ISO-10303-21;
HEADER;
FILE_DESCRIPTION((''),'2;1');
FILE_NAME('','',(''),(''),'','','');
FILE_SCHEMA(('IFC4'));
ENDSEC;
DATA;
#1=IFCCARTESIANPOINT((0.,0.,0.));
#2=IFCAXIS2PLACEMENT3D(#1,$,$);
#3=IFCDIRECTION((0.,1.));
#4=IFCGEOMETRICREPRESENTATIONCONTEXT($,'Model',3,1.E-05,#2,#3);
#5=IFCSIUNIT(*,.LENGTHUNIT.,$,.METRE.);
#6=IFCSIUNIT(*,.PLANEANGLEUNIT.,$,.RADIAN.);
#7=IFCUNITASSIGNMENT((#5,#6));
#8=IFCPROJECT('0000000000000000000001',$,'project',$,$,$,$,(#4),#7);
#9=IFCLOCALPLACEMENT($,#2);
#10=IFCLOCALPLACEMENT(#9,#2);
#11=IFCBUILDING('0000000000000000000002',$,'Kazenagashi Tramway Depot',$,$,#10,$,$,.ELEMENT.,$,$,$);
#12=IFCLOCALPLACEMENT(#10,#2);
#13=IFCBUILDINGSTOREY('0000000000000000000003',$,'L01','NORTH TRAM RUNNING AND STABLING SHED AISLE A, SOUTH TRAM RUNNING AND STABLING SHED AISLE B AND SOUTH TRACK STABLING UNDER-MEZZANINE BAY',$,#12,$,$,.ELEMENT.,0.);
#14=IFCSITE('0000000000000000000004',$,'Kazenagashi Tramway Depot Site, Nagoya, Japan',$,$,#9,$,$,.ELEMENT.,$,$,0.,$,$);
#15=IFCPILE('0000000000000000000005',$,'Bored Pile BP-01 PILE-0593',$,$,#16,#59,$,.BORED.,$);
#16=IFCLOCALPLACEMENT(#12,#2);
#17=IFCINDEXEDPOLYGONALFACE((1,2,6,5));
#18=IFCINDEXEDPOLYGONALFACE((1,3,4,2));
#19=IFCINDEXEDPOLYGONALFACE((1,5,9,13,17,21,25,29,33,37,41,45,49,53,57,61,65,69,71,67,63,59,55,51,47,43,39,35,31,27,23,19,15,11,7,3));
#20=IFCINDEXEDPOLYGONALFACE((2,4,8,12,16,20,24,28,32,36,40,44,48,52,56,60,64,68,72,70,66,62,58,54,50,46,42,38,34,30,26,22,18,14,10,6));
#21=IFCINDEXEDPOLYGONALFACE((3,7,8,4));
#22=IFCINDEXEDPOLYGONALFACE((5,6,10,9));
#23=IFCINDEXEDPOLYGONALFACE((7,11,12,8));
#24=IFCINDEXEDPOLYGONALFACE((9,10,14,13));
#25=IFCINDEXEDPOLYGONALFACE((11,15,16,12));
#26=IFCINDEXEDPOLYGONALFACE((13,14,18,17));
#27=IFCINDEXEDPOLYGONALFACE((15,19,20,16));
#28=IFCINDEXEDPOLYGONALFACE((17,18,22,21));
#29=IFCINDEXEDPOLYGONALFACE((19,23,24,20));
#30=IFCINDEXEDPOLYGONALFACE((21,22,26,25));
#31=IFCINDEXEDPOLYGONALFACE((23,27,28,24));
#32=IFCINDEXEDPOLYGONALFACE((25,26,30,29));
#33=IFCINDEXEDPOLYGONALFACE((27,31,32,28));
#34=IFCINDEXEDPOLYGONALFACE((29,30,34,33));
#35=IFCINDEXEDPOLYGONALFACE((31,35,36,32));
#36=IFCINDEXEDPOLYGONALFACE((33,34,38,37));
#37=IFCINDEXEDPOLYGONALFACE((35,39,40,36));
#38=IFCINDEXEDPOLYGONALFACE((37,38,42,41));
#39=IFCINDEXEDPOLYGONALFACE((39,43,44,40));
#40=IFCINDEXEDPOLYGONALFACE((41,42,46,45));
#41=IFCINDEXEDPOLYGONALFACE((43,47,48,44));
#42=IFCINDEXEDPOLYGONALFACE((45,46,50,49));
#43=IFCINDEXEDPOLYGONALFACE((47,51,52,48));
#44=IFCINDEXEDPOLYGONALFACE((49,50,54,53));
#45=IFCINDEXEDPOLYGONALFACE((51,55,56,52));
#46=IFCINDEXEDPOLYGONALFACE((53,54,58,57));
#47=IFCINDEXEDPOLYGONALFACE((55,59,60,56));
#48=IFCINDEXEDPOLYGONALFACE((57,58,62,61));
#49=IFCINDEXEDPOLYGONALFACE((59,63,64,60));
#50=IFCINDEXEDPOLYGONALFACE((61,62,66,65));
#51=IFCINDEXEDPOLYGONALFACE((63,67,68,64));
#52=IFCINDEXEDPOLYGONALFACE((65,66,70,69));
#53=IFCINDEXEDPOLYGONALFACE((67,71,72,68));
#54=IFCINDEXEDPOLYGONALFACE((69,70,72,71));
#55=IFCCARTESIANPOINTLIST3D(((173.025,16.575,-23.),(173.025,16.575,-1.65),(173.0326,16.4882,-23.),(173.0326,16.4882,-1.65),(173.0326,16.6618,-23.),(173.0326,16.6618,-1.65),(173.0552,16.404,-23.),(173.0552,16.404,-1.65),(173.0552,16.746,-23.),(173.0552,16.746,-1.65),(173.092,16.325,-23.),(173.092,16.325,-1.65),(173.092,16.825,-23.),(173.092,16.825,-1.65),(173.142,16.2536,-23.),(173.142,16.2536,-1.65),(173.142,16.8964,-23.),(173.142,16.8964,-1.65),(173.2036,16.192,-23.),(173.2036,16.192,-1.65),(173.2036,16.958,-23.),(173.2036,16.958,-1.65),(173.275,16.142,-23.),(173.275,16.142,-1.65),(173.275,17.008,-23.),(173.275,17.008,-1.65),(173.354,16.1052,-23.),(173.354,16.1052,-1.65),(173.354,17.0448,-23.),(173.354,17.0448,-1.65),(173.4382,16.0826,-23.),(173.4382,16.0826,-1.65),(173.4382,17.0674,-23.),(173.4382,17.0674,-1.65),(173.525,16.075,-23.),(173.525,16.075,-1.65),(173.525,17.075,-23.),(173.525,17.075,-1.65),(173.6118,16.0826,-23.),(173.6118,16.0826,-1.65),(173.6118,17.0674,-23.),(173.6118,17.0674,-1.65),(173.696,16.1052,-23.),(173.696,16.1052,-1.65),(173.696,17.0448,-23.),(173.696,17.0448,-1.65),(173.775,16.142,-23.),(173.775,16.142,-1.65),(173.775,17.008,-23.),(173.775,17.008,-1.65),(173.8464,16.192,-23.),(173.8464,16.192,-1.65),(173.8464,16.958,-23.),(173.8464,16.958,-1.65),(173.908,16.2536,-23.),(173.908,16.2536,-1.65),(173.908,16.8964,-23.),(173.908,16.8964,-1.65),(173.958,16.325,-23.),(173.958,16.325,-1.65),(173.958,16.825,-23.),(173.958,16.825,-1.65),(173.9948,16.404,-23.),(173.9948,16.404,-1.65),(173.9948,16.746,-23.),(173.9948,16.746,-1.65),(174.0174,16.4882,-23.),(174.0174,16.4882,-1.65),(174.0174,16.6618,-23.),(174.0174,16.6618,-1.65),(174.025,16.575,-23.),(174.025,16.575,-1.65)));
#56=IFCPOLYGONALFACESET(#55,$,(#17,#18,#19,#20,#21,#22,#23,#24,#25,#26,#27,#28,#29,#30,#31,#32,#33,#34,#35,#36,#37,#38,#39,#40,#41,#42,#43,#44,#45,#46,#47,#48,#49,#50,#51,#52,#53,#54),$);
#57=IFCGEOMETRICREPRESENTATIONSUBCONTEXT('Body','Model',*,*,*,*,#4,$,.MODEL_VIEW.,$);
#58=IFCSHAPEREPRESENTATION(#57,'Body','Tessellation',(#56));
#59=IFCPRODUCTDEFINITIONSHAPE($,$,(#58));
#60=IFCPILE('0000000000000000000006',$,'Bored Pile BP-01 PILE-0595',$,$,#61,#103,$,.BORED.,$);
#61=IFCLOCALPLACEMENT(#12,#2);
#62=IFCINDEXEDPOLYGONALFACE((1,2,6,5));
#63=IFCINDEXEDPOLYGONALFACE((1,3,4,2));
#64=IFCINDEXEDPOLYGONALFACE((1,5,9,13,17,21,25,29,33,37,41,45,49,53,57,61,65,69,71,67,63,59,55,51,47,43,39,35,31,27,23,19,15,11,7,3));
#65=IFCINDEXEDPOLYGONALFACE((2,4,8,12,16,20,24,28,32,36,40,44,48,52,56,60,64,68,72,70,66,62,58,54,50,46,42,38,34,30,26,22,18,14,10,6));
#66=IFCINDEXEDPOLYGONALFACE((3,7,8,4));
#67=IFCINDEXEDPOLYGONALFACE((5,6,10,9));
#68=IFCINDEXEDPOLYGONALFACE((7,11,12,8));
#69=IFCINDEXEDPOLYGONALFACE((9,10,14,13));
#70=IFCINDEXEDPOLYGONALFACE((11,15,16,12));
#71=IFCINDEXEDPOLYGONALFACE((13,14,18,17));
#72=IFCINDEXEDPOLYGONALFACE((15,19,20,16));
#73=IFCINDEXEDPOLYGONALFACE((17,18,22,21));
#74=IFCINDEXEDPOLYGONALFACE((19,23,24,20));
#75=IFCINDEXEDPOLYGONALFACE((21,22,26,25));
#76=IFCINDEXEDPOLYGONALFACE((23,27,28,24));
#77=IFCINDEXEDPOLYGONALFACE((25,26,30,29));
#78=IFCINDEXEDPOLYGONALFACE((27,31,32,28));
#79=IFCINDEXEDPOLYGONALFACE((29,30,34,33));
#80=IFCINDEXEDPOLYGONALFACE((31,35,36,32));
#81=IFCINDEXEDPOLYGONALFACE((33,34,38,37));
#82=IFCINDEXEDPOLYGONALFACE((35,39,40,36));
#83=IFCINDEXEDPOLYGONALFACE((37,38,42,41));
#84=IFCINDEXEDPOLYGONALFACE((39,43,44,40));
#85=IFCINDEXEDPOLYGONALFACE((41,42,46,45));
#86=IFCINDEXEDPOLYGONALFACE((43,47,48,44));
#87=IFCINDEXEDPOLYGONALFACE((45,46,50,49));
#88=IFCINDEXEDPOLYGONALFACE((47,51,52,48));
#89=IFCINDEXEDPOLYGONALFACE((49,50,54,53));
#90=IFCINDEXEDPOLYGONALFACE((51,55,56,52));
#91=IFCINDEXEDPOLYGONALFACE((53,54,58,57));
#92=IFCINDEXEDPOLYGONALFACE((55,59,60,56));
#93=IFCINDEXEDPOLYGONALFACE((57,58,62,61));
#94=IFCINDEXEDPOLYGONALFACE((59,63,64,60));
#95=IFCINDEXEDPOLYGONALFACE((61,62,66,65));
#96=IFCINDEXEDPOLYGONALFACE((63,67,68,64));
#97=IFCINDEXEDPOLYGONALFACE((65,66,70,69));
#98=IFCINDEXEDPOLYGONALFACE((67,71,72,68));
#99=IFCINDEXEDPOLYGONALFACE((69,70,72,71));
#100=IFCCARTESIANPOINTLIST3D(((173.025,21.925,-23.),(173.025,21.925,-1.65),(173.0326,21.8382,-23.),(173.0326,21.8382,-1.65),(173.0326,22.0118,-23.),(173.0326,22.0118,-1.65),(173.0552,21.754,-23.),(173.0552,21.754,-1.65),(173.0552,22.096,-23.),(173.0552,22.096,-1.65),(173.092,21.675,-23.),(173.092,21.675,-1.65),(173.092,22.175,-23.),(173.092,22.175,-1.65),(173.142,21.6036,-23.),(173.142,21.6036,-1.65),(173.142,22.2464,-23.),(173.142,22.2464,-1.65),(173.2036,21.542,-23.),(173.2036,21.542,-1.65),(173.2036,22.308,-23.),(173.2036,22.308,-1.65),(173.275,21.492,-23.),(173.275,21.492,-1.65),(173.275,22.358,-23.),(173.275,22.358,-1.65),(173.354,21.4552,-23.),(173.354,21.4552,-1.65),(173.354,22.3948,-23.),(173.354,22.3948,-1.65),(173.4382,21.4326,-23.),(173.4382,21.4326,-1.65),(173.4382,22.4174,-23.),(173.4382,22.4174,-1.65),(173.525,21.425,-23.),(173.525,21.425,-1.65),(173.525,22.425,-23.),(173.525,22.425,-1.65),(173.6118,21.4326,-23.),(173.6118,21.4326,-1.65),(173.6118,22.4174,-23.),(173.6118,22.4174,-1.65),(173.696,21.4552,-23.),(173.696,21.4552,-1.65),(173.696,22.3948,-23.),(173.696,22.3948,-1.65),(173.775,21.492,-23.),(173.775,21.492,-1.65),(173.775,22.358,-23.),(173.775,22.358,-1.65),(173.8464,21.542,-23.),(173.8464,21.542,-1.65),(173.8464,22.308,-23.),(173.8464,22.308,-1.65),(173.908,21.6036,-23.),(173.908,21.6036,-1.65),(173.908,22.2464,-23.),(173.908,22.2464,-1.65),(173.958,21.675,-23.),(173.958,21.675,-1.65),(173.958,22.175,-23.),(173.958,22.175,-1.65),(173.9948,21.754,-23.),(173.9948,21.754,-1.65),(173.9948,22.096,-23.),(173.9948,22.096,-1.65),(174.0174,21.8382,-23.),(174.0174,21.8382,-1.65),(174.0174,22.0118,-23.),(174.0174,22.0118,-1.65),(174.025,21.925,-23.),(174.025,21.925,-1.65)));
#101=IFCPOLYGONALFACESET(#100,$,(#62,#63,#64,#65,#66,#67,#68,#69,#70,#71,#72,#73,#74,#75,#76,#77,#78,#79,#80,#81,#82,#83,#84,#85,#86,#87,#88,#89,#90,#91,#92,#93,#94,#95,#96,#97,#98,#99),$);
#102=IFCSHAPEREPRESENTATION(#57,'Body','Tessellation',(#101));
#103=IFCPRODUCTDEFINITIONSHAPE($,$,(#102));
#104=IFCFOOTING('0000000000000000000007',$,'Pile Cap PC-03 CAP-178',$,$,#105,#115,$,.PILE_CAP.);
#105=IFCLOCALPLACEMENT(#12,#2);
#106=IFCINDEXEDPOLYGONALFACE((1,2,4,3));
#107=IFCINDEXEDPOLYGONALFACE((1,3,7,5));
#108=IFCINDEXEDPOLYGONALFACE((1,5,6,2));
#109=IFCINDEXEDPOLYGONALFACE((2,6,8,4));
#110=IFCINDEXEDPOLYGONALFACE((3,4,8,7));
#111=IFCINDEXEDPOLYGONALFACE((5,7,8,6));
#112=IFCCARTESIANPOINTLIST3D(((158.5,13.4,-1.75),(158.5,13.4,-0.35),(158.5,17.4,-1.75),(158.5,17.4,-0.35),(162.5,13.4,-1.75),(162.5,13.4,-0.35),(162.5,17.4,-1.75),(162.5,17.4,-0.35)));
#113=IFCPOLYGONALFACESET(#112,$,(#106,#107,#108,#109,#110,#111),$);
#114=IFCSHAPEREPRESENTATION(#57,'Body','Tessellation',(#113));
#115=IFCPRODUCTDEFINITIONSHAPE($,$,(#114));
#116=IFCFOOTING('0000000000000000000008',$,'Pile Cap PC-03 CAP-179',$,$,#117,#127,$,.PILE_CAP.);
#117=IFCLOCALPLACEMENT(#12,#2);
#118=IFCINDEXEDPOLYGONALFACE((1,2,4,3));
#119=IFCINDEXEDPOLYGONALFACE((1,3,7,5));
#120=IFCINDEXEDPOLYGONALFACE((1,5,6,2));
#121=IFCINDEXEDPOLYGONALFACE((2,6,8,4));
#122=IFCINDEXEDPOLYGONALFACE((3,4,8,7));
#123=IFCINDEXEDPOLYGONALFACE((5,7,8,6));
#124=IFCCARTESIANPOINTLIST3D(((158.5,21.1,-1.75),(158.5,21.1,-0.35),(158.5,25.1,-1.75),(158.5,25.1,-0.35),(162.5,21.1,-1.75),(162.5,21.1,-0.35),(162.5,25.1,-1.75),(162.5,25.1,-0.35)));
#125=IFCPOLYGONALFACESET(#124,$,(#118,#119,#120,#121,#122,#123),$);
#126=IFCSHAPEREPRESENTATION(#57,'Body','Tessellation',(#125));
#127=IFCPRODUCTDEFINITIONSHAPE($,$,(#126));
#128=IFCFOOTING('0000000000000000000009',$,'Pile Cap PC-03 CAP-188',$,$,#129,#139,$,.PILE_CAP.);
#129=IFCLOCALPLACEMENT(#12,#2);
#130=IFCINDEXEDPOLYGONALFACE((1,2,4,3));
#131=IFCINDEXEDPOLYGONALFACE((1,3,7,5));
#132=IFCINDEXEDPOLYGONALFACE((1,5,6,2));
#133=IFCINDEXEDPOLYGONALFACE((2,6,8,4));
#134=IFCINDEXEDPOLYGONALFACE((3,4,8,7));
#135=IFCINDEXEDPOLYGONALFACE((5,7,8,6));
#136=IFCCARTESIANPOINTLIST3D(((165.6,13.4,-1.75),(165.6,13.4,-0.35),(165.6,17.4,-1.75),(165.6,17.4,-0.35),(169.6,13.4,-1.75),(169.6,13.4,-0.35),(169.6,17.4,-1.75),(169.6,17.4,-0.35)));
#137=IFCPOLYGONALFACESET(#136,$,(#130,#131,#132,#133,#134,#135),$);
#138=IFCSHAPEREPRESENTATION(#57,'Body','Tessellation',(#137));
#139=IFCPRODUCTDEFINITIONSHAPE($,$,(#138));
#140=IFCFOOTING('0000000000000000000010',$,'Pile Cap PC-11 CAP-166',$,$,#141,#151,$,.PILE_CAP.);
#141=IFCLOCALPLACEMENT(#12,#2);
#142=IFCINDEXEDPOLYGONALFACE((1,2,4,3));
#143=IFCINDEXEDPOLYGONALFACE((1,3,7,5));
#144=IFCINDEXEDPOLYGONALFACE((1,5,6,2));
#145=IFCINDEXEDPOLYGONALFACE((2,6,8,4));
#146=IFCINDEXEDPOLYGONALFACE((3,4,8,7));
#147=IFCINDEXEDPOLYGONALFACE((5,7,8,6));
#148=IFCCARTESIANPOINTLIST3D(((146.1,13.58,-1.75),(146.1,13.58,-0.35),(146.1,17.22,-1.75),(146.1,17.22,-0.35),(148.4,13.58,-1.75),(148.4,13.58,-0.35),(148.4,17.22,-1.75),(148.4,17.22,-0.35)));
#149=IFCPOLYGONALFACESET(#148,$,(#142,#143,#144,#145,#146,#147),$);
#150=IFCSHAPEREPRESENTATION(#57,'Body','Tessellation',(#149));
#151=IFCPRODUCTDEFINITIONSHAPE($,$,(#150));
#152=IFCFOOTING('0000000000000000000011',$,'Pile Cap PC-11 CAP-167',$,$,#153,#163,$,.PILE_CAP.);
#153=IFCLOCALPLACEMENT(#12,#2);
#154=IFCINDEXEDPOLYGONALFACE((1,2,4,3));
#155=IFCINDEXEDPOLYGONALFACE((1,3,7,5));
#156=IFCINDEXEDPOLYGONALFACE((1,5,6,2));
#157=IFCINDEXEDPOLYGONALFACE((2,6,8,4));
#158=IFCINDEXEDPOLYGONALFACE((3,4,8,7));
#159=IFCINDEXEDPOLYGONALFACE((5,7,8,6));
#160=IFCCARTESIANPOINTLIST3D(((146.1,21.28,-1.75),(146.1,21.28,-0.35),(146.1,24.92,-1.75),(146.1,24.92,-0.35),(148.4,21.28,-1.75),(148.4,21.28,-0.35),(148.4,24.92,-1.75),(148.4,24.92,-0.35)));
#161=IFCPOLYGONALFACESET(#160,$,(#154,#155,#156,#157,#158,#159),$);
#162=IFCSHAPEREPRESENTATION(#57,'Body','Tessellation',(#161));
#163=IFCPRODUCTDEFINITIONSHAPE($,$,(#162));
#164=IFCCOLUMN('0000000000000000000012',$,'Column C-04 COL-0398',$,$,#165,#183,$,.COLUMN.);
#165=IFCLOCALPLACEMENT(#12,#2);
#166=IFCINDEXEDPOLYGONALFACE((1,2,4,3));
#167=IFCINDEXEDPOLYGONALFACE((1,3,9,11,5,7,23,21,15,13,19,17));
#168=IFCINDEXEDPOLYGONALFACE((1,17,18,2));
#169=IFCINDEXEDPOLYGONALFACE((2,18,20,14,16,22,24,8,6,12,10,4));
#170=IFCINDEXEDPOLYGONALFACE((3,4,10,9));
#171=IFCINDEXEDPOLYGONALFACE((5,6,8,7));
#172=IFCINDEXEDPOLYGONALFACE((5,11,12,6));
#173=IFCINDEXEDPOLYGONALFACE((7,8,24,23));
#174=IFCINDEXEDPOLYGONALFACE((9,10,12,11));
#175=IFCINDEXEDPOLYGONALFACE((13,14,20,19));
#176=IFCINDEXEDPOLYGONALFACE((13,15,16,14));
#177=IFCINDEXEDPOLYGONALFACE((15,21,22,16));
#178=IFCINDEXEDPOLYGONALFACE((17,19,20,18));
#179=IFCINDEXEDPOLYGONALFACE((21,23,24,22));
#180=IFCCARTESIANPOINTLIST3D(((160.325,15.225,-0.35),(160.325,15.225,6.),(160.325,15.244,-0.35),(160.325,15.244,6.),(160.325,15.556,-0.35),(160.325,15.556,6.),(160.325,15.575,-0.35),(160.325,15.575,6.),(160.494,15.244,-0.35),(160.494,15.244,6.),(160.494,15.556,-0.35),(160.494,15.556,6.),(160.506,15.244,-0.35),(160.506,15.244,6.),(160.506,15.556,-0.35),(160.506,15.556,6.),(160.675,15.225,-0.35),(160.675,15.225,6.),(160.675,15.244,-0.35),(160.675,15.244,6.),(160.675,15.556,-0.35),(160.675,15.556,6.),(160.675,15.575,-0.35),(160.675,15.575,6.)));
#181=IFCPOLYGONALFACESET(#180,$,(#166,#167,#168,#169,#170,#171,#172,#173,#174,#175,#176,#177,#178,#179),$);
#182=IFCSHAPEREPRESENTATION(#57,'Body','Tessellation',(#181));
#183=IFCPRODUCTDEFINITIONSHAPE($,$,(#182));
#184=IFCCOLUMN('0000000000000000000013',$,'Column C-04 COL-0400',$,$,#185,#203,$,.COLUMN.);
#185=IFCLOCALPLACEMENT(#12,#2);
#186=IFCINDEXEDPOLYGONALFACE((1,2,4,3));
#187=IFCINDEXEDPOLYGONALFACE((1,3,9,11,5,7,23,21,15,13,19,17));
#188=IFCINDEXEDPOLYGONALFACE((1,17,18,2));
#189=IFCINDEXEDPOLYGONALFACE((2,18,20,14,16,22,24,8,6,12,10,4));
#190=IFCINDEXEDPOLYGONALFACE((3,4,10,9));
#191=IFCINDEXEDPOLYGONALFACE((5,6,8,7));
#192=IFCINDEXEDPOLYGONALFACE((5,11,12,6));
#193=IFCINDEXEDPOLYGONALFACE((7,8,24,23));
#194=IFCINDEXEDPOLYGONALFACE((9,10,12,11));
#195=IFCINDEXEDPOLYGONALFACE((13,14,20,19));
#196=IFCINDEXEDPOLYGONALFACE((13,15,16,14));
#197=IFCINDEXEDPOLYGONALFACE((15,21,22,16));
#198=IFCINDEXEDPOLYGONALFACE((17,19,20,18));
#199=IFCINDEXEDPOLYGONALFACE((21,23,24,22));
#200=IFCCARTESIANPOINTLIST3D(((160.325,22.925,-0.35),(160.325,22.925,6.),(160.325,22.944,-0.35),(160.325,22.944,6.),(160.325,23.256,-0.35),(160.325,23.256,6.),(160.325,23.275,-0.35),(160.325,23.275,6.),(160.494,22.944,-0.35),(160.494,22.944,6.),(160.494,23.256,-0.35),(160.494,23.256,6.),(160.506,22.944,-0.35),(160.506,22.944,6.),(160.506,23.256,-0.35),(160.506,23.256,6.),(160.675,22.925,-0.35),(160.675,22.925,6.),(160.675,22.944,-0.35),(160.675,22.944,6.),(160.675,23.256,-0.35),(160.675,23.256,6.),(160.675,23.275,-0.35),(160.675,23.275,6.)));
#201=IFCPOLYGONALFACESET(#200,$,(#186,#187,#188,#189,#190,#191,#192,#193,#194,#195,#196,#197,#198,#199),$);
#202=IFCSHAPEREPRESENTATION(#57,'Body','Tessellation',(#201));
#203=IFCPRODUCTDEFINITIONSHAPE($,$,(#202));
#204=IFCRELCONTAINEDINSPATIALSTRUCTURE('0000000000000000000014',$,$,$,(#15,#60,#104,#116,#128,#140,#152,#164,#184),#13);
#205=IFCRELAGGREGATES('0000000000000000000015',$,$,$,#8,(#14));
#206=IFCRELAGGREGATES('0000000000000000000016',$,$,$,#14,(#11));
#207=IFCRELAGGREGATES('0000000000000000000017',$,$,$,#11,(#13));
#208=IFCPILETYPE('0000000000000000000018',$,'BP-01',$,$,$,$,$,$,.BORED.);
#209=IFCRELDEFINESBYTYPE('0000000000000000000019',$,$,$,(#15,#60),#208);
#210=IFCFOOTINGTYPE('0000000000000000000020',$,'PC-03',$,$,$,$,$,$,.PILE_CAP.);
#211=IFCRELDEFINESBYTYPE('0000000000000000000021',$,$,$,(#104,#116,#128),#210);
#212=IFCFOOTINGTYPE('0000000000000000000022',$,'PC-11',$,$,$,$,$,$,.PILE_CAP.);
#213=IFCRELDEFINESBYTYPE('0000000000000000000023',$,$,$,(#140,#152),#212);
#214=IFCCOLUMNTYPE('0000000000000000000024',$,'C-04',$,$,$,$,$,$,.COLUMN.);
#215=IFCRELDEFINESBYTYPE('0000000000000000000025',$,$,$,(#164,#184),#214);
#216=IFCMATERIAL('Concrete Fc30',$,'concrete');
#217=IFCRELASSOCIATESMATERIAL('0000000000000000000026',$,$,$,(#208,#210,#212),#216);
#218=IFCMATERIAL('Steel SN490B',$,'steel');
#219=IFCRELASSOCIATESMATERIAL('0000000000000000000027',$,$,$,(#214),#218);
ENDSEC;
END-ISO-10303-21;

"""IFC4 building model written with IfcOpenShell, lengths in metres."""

from ifc_helpers import new_model, si_unit, direction, frame, origin, origin_2d, place, context, subcontext, project, spatial, rectangle, circle, i_section, extrude, material, material_profile, profile_set, type_object, element, save


model = new_model("IFC4")

# Units and contexts
model_context = context("Model", 3, precision=1e-05, world=origin(), true_north=direction((0.0, 1.0)))
body_context = subcontext(model_context, "Body", "Model", "MODEL_VIEW")
ifc_project = project(units=[si_unit("LENGTHUNIT", "METRE"), si_unit("PLANEANGLEUNIT", "RADIAN")], contexts=[model_context])

# Site, building, storey
site_placement = place(None, origin())
site = spatial("IfcSite", under=ifc_project, at=site_placement, Name="Kazenagashi Tramway Depot Site, Nagoya, Japan", CompositionType="ELEMENT", RefElevation=0.0)
building_placement = place(site_placement, origin())
building = spatial("IfcBuilding", under=site, at=building_placement, Name="Kazenagashi Tramway Depot", CompositionType="ELEMENT")
storey_placement = place(building_placement, origin())
storey = spatial("IfcBuildingStorey", under=building, at=storey_placement, Name="L01", Description="NORTH TRAM RUNNING AND STABLING SHED AISLE A, SOUTH TRAM RUNNING AND STABLING SHED AISLE B AND SOUTH TRACK STABLING UNDER-MEZZANINE BAY", CompositionType="ELEMENT", Elevation=0.0)

# Piles
ifc_material_1 = material(Name="Concrete Fc30", Category="concrete")
ifc_material_profile_1 = material_profile(ifc_material_1, circle(Radius=0.5, at=origin_2d()), Name="PILE-1000")
ifc_profile_set_1 = profile_set([ifc_material_profile_1], Name="Concrete Fc30")
pile_type = type_object("IfcPileType", Name="BP-01", PredefinedType="BORED", material=ifc_profile_set_1)
for number, where, z_axis, x_axis, name in (
    (1, (173.525, 16.575, -1.65), (0.0, 0.0, -1.0), (1.0, 0.0, 0.0), "Bored Pile BP-01 PILE-0593"),
    (2, (173.525, 21.925, -1.65), (0.0, 0.0, -1.0), (1.0, 0.0, 0.0), "Bored Pile BP-01 PILE-0595"),
):
    element("IfcPile", number, at=place(storey_placement, frame(where, z_axis=z_axis, x_axis=x_axis)), inside=storey, type_object=pile_type, Name=name, PredefinedType="BORED", context=body_context, shape_type="SweptSolid", body=[
        extrude(circle(Radius=0.5, at=origin_2d()), origin(), (0.0, 0.0, 1.0), 21.35),
    ])

# Footings
footing_type_1 = type_object("IfcFootingType", Name="PC-03", PredefinedType="PILE_CAP", material=ifc_material_1)
for number, where, z_axis, x_axis, name in (
    (3, (160.5, 15.4, -1.75), (0.0, 0.0, 1.0), (1.0, 0.0, 0.0), "Pile Cap PC-03 CAP-178"),
    (4, (160.5, 23.1, -1.75), (0.0, 0.0, 1.0), (1.0, 0.0, 0.0), "Pile Cap PC-03 CAP-179"),
    (5, (167.6, 15.4, -1.75), (0.0, 0.0, 1.0), (1.0, 0.0, 0.0), "Pile Cap PC-03 CAP-188"),
):
    element("IfcFooting", number, at=place(storey_placement, frame(where, z_axis=z_axis, x_axis=x_axis)), inside=storey, type_object=footing_type_1, Name=name, PredefinedType="PILE_CAP", context=body_context, shape_type="SweptSolid", body=[
        extrude(rectangle(XDim=4.0, YDim=4.0, at=origin_2d()), origin(), (0.0, 0.0, 1.0), 1.4),
    ])
footing_type_2 = type_object("IfcFootingType", Name="PC-11", PredefinedType="PILE_CAP", material=ifc_material_1)
for number, where, z_axis, x_axis, name in (
    (6, (147.25, 15.4, -1.75), (0.0, 0.0, 1.0), (1.0, 0.0, 0.0), "Pile Cap PC-11 CAP-166"),
    (7, (147.25, 23.1, -1.75), (0.0, 0.0, 1.0), (1.0, 0.0, 0.0), "Pile Cap PC-11 CAP-167"),
):
    element("IfcFooting", number, at=place(storey_placement, frame(where, z_axis=z_axis, x_axis=x_axis)), inside=storey, type_object=footing_type_2, Name=name, PredefinedType="PILE_CAP", context=body_context, shape_type="SweptSolid", body=[
        extrude(rectangle(XDim=2.3, YDim=3.64, at=origin_2d()), origin(), (0.0, 0.0, 1.0), 1.4),
    ])

# Columns
ifc_material_2 = material(Name="Steel SN490B", Category="steel")
ifc_material_profile_2 = material_profile(ifc_material_2, i_section(OverallWidth=0.35, OverallDepth=0.35, WebThickness=0.012, FlangeThickness=0.019, at=origin_2d()), Name="H-350x350x12x19")
ifc_profile_set_2 = profile_set([ifc_material_profile_2], Name="Steel SN490B")
column_type = type_object("IfcColumnType", Name="C-04", PredefinedType="COLUMN", material=ifc_profile_set_2)
for number, where, z_axis, x_axis, name in (
    (8, (160.5, 15.4, -0.35), (0.0, 0.0, 1.0), (1.0, 0.0, 0.0), "Column C-04 COL-0398"),
    (9, (160.5, 23.1, -0.35), (0.0, 0.0, 1.0), (1.0, 0.0, 0.0), "Column C-04 COL-0400"),
):
    element("IfcColumn", number, at=place(storey_placement, frame(where, z_axis=z_axis, x_axis=x_axis)), inside=storey, type_object=column_type, Name=name, PredefinedType="COLUMN", context=body_context, shape_type="SweptSolid", body=[
        extrude(i_section(OverallWidth=0.35, OverallDepth=0.35, WebThickness=0.012, FlangeThickness=0.019, at=origin_2d()), origin(), (0.0, 0.0, 1.0), 6.35),
    ])

save(model, "model.ifc")
